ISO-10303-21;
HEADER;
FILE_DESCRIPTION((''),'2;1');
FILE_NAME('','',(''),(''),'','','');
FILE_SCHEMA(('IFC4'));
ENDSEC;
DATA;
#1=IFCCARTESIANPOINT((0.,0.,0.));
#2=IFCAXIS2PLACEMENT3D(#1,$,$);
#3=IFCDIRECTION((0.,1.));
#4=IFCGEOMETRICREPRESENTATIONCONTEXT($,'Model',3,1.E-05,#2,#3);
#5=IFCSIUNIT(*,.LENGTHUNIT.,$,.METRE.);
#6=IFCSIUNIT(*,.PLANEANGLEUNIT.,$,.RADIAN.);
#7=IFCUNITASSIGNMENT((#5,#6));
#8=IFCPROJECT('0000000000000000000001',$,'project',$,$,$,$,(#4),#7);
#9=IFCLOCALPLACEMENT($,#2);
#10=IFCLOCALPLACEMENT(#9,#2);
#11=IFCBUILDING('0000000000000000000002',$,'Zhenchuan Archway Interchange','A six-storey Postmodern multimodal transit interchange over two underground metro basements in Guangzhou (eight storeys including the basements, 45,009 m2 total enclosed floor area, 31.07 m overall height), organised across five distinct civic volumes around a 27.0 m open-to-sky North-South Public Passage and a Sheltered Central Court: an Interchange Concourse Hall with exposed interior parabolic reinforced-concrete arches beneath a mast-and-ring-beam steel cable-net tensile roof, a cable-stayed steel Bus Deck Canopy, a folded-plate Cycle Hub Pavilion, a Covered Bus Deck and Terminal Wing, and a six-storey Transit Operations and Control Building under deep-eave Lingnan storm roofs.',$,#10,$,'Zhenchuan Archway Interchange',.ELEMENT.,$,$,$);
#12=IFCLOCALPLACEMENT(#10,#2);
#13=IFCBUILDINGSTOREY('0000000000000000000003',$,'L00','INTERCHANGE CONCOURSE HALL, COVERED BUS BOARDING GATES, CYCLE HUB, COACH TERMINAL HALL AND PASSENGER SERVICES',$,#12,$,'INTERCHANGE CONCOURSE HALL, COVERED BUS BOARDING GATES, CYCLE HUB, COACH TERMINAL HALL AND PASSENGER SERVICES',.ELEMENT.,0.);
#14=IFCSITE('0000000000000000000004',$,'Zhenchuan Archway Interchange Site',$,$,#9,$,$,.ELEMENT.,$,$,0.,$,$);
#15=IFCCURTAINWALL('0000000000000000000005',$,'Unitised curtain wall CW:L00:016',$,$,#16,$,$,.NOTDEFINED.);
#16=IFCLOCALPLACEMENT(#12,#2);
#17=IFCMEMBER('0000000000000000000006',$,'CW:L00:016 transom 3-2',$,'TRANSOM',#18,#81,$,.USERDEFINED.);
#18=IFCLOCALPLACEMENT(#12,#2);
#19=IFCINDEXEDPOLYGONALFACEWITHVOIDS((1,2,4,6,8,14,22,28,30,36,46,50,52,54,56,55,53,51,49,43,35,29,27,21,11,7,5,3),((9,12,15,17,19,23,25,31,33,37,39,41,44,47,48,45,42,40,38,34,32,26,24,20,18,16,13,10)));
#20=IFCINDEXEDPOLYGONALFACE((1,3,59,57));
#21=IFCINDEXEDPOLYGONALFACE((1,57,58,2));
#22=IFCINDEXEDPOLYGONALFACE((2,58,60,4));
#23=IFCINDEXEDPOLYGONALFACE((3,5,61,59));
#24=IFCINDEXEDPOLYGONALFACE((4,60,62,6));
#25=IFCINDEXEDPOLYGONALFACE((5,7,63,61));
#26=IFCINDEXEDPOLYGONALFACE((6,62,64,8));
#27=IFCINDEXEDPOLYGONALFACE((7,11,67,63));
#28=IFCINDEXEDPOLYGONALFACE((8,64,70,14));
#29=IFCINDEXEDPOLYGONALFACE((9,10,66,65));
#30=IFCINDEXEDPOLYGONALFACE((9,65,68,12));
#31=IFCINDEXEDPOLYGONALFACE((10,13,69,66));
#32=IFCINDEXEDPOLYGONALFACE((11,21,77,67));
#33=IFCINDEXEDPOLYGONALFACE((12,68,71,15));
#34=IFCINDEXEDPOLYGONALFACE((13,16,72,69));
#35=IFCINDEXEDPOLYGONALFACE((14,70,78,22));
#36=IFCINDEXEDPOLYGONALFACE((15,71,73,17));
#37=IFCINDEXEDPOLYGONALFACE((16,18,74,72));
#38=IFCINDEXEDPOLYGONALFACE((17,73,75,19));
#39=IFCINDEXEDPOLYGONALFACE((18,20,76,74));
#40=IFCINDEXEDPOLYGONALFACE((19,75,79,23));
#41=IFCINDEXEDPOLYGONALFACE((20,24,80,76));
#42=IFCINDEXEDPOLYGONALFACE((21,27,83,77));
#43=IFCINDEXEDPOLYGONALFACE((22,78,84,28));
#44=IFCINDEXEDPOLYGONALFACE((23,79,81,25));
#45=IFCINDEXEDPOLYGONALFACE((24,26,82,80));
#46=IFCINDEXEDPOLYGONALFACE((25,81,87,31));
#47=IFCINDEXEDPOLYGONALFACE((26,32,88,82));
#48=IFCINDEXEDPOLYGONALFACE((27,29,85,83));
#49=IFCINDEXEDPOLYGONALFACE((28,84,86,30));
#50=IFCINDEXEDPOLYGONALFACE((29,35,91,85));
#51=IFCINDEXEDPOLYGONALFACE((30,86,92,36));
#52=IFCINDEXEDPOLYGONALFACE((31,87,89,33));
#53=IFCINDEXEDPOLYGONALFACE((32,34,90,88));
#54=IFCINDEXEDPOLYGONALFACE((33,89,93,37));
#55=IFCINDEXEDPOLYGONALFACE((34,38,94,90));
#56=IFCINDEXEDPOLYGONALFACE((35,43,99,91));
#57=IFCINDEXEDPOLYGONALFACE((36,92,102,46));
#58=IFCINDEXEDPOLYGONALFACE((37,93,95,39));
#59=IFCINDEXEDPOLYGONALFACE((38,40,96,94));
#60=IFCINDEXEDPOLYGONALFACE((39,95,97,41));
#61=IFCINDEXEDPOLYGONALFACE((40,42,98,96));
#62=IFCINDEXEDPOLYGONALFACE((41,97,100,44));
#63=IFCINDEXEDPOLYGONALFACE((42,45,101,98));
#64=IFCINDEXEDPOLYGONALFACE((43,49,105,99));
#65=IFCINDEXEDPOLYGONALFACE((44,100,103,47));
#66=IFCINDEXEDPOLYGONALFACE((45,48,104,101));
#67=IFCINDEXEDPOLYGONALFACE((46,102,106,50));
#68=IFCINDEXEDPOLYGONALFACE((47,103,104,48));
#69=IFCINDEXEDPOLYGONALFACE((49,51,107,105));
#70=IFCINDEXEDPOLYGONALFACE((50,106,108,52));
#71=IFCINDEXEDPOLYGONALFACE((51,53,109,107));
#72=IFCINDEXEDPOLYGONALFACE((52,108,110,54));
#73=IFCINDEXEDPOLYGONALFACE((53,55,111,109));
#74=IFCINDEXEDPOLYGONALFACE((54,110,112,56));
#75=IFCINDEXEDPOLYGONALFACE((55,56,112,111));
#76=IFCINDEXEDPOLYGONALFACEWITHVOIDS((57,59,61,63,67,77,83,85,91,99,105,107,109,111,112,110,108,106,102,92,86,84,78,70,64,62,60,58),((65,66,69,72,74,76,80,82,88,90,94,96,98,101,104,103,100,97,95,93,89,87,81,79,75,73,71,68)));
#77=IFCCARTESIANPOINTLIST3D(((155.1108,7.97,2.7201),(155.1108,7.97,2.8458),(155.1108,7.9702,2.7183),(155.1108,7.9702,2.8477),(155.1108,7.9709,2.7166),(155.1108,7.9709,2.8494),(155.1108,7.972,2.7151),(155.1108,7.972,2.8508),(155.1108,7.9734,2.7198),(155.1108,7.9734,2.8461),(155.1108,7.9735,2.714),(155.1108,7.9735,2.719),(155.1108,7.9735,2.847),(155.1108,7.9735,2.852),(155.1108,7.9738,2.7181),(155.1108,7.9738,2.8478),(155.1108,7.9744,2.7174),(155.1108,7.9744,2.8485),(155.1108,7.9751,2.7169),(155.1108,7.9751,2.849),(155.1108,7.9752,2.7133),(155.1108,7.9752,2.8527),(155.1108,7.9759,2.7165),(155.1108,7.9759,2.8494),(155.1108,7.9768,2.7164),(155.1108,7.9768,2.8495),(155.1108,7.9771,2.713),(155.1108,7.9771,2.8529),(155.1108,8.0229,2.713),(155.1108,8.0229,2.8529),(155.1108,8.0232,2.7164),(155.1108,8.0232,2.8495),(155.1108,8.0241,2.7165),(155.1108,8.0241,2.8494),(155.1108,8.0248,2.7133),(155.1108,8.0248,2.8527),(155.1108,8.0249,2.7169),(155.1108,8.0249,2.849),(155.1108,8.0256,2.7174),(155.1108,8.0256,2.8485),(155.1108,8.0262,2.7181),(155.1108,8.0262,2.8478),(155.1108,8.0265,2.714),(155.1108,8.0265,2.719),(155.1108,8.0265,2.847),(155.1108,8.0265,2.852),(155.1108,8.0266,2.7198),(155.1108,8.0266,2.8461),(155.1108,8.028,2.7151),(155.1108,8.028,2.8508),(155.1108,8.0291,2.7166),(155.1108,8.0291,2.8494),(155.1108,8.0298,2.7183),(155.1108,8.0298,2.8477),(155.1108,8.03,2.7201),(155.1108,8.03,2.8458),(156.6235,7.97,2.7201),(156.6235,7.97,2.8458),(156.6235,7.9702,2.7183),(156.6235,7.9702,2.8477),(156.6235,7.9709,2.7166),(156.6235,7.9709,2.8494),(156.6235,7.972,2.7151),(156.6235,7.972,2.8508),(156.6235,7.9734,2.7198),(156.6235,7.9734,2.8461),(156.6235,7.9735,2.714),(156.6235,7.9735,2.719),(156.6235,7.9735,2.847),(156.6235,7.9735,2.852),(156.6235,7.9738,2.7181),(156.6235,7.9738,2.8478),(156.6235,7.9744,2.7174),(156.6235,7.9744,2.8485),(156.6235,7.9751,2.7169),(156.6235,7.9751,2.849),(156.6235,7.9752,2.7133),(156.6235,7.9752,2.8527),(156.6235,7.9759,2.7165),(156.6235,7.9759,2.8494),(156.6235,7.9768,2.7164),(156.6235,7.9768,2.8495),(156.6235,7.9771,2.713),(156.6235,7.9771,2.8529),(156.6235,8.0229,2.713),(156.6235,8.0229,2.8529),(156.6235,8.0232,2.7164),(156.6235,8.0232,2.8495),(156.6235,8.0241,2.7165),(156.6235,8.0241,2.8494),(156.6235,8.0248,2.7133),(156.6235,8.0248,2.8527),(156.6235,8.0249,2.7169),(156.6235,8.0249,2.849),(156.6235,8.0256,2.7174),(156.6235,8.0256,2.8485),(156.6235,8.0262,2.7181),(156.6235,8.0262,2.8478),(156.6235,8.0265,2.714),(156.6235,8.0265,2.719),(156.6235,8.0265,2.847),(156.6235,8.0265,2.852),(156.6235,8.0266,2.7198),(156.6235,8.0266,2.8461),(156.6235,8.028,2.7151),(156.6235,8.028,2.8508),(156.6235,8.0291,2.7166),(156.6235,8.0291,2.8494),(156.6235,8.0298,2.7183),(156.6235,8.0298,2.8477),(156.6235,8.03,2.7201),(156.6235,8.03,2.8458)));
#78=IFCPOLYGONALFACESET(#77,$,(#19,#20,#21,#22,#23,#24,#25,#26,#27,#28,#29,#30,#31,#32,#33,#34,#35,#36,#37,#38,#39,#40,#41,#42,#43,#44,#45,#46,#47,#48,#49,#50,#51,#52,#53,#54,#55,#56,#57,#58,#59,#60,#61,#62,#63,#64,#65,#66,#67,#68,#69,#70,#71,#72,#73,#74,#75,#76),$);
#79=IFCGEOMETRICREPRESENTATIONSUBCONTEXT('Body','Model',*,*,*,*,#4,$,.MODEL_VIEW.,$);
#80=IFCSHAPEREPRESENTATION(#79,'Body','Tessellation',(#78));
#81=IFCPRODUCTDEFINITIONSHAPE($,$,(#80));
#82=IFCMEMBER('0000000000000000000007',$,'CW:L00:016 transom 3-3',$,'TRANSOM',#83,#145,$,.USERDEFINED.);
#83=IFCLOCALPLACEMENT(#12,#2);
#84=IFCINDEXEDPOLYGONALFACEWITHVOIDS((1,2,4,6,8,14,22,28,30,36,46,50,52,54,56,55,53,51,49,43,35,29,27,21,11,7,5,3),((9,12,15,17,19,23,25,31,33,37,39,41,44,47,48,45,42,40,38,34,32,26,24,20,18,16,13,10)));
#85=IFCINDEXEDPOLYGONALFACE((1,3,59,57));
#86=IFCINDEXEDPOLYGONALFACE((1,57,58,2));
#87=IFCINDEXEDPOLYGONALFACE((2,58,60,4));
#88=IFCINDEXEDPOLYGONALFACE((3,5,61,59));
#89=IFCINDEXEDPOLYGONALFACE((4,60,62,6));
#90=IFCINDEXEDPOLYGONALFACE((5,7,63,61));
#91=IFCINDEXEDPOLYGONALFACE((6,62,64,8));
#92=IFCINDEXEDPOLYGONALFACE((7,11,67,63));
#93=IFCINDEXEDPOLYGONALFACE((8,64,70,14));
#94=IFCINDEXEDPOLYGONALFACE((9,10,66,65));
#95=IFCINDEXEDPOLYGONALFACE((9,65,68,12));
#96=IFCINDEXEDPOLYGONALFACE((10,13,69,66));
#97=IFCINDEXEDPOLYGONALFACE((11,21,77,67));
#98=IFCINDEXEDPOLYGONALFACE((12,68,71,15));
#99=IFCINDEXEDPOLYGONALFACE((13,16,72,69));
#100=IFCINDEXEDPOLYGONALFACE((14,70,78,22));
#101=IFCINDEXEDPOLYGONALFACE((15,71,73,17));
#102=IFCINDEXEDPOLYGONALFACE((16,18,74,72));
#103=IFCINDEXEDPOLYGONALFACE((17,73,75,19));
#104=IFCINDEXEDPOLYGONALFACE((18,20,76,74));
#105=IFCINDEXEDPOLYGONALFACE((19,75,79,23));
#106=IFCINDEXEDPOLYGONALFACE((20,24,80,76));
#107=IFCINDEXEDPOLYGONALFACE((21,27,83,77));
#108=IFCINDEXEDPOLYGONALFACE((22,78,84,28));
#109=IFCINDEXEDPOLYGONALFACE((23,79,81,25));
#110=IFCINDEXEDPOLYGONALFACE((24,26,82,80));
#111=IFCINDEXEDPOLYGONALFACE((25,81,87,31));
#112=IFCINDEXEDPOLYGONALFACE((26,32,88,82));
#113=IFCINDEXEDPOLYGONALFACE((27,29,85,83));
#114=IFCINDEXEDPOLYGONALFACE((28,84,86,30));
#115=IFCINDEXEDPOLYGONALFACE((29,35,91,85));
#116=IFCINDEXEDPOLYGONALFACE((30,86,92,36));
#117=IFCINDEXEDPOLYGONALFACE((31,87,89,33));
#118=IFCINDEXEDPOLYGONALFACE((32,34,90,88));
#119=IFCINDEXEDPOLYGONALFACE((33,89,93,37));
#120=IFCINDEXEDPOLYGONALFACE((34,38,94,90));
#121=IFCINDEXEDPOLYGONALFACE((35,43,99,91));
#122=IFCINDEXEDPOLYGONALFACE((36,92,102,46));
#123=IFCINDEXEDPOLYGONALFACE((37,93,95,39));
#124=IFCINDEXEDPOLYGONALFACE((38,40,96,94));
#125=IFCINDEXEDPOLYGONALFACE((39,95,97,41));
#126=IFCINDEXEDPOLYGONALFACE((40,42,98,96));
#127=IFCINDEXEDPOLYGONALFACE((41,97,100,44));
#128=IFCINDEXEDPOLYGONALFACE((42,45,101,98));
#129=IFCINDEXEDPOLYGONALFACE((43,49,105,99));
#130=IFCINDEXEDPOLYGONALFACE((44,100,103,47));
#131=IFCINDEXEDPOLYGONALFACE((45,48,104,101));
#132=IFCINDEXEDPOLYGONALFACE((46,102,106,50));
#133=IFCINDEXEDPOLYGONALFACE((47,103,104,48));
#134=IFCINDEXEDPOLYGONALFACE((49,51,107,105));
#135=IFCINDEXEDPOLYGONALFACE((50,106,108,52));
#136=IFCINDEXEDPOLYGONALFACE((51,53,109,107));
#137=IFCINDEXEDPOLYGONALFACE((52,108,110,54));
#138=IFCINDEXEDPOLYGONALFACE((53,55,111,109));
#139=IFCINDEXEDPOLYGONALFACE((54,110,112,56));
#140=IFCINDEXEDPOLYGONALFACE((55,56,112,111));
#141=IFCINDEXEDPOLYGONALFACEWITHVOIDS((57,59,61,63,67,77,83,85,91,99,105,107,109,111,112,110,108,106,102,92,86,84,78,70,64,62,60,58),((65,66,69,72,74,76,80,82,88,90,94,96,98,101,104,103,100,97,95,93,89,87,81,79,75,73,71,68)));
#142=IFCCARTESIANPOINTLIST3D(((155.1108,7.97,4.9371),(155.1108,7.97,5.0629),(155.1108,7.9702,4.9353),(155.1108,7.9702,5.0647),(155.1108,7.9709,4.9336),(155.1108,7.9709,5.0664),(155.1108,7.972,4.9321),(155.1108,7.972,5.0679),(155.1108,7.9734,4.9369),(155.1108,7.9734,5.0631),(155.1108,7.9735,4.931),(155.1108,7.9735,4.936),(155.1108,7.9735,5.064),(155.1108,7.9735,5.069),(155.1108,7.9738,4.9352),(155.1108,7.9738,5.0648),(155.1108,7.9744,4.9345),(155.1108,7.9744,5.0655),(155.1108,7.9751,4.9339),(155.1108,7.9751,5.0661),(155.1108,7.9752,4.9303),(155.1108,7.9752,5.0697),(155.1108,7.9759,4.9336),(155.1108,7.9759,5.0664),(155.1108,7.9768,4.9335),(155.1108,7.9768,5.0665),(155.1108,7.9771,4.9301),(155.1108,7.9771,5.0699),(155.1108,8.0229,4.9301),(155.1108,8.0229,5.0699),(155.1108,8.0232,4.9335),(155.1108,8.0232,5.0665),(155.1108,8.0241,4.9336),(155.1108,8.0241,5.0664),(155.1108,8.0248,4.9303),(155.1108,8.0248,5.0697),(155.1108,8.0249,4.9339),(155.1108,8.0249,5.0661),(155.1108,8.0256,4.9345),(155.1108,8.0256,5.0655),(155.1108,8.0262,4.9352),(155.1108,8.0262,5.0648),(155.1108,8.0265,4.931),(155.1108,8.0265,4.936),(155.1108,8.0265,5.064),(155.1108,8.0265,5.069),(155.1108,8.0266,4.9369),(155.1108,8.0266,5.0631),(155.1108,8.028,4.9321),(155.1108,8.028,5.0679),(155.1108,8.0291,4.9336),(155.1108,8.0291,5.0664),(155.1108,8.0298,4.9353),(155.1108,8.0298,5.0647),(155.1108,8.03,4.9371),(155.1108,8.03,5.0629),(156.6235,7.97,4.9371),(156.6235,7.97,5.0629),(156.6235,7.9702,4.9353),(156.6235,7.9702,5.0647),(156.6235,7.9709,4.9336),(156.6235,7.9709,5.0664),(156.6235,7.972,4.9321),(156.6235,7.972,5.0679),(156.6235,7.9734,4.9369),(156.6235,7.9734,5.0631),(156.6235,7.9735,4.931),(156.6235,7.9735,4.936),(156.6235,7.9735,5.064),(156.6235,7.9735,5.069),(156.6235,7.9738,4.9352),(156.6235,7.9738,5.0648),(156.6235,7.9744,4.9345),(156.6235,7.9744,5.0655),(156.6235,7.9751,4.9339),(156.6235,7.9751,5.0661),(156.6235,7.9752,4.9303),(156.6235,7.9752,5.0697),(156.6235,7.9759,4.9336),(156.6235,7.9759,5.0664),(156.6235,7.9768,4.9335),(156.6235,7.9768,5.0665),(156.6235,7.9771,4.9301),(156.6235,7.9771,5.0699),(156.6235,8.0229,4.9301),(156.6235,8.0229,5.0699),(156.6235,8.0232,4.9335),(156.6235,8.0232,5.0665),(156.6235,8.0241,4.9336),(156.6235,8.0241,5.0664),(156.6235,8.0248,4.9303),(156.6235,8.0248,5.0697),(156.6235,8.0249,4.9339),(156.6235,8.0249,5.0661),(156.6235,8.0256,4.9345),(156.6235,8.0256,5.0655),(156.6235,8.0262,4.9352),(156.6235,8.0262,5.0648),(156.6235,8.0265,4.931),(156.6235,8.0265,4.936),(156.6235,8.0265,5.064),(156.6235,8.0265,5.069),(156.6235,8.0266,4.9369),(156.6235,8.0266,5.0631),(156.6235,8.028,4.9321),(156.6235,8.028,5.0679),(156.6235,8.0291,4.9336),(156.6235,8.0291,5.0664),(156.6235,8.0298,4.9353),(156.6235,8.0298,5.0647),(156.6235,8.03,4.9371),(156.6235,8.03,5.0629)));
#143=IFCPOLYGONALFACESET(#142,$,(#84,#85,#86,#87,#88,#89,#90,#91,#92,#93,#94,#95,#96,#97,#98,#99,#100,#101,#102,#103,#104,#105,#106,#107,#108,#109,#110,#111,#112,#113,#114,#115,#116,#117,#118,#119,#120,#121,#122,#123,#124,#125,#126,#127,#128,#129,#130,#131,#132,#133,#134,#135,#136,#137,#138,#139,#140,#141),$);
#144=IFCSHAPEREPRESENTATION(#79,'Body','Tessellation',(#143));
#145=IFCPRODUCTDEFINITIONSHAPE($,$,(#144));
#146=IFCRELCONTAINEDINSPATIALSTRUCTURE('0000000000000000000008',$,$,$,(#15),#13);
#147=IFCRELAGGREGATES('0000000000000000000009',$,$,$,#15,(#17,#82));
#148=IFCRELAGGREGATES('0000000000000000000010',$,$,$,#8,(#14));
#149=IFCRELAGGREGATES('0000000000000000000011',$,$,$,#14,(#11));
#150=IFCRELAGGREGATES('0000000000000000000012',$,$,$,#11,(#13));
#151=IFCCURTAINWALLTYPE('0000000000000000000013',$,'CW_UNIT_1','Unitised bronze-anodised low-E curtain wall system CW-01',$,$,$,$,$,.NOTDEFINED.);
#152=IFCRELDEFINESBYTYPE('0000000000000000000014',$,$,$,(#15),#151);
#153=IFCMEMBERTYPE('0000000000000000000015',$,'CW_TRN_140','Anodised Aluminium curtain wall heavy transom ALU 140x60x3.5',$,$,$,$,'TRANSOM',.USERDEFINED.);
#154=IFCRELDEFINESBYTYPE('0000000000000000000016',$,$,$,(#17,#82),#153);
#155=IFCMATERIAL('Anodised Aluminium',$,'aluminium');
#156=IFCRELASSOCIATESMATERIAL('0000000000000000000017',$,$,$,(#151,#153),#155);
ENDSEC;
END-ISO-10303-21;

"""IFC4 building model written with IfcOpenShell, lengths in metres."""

from ifc_helpers import new_model, si_unit, direction, frame, origin, origin_2d, place, context, subcontext, project, spatial, hollow_rectangle, extrude, material, material_profile, profile_set, type_object, element, aggregate, save


model = new_model("IFC4")

# Units and contexts
model_context = context("Model", 3, precision=1e-05, world=origin(), true_north=direction((0.0, 1.0)))
body_context = subcontext(model_context, "Body", "Model", "MODEL_VIEW")
ifc_project = project(units=[si_unit("LENGTHUNIT", "METRE"), si_unit("PLANEANGLEUNIT", "RADIAN")], contexts=[model_context])

# Site, building, storey
site_placement = place(None, origin())
site = spatial("IfcSite", under=ifc_project, at=site_placement, Name="Zhenchuan Archway Interchange Site", CompositionType="ELEMENT", RefElevation=0.0)
building_placement = place(site_placement, origin())
building = spatial("IfcBuilding", under=site, at=building_placement, Name="Zhenchuan Archway Interchange", Description="A six-storey Postmodern multimodal transit interchange over two underground metro basements in Guangzhou (eight storeys including the basements, 45,009 m2 total enclosed floor area, 31.07 m overall height), organised across five distinct civic volumes around a 27.0 m open-to-sky North-South Public Passage and a Sheltered Central Court: an Interchange Concourse Hall with exposed interior parabolic reinforced-concrete arches beneath a mast-and-ring-beam steel cable-net tensile roof, a cable-stayed steel Bus Deck Canopy, a folded-plate Cycle Hub Pavilion, a Covered Bus Deck and Terminal Wing, and a six-storey Transit Operations and Control Building under deep-eave Lingnan storm roofs.", LongName="Zhenchuan Archway Interchange", CompositionType="ELEMENT")
storey_placement = place(building_placement, origin())
storey = spatial("IfcBuildingStorey", under=building, at=storey_placement, Name="L00", Description="INTERCHANGE CONCOURSE HALL, COVERED BUS BOARDING GATES, CYCLE HUB, COACH TERMINAL HALL AND PASSENGER SERVICES", LongName="INTERCHANGE CONCOURSE HALL, COVERED BUS BOARDING GATES, CYCLE HUB, COACH TERMINAL HALL AND PASSENGER SERVICES", CompositionType="ELEMENT", Elevation=0.0)

# Curtain wall, members
ifc_material_1 = material(Name="Anodised Aluminium", Category="aluminium")
curtain_wall_type = type_object("IfcCurtainWallType", Name="CW_UNIT_1", Description="Unitised bronze-anodised low-E curtain wall system CW-01", PredefinedType="NOTDEFINED", material=ifc_material_1)
curtain_wall_placement = place(storey_placement, origin())
curtain_wall = element("IfcCurtainWall", 1, at=curtain_wall_placement, inside=storey, type_object=curtain_wall_type, Name="Unitised curtain wall CW:L00:016", PredefinedType="NOTDEFINED")
ifc_material_profile_1 = material_profile(ifc_material_1, hollow_rectangle(XDim=0.0601, YDim=0.1399, WallThickness=0.0034, InnerFilletRadius=0.0034, OuterFilletRadius=0.0071, at=origin_2d()), Name="ALU 140x60x3.5")
ifc_profile_set_1 = profile_set([ifc_material_profile_1], Name="Anodised Aluminium")
member_type_1 = type_object("IfcMemberType", Name="CW_TRN_140", Description="Anodised Aluminium curtain wall heavy transom ALU 140x60x3.5", ElementType="TRANSOM", PredefinedType="USERDEFINED", material=ifc_profile_set_1)
member_1_placement = place(storey_placement, frame((156.6235, 8.0, 2.783), z_axis=(-1.0, 0.0, 0.0), x_axis=(0.0, -1.0, 0.0)))
member_1 = element("IfcMember", 2, at=member_1_placement, type_object=member_type_1, Name="CW:L00:016 transom 3-2", ObjectType="TRANSOM", PredefinedType="USERDEFINED", context=body_context, shape_type="SweptSolid", body=[
    extrude(hollow_rectangle(XDim=0.0601, YDim=0.1399, WallThickness=0.0034, InnerFilletRadius=0.0034, OuterFilletRadius=0.0071, at=origin_2d()), origin(), (0.0, 0.0, 1.0), 1.5127),
])
member_2_placement = place(storey_placement, frame((156.6235, 8.0, 5.0), z_axis=(-1.0, 0.0, 0.0), x_axis=(0.0, -1.0, 0.0)))
member_2 = element("IfcMember", 3, at=member_2_placement, type_object=member_type_1, Name="CW:L00:016 transom 3-3", ObjectType="TRANSOM", PredefinedType="USERDEFINED", context=body_context, shape_type="SweptSolid", body=[
    extrude(hollow_rectangle(XDim=0.0601, YDim=0.1399, WallThickness=0.0034, InnerFilletRadius=0.0034, OuterFilletRadius=0.0071, at=origin_2d()), origin(), (0.0, 0.0, 1.0), 1.5127),
])

aggregate(curtain_wall, [member_1, member_2])

save(model, "model.ifc")
